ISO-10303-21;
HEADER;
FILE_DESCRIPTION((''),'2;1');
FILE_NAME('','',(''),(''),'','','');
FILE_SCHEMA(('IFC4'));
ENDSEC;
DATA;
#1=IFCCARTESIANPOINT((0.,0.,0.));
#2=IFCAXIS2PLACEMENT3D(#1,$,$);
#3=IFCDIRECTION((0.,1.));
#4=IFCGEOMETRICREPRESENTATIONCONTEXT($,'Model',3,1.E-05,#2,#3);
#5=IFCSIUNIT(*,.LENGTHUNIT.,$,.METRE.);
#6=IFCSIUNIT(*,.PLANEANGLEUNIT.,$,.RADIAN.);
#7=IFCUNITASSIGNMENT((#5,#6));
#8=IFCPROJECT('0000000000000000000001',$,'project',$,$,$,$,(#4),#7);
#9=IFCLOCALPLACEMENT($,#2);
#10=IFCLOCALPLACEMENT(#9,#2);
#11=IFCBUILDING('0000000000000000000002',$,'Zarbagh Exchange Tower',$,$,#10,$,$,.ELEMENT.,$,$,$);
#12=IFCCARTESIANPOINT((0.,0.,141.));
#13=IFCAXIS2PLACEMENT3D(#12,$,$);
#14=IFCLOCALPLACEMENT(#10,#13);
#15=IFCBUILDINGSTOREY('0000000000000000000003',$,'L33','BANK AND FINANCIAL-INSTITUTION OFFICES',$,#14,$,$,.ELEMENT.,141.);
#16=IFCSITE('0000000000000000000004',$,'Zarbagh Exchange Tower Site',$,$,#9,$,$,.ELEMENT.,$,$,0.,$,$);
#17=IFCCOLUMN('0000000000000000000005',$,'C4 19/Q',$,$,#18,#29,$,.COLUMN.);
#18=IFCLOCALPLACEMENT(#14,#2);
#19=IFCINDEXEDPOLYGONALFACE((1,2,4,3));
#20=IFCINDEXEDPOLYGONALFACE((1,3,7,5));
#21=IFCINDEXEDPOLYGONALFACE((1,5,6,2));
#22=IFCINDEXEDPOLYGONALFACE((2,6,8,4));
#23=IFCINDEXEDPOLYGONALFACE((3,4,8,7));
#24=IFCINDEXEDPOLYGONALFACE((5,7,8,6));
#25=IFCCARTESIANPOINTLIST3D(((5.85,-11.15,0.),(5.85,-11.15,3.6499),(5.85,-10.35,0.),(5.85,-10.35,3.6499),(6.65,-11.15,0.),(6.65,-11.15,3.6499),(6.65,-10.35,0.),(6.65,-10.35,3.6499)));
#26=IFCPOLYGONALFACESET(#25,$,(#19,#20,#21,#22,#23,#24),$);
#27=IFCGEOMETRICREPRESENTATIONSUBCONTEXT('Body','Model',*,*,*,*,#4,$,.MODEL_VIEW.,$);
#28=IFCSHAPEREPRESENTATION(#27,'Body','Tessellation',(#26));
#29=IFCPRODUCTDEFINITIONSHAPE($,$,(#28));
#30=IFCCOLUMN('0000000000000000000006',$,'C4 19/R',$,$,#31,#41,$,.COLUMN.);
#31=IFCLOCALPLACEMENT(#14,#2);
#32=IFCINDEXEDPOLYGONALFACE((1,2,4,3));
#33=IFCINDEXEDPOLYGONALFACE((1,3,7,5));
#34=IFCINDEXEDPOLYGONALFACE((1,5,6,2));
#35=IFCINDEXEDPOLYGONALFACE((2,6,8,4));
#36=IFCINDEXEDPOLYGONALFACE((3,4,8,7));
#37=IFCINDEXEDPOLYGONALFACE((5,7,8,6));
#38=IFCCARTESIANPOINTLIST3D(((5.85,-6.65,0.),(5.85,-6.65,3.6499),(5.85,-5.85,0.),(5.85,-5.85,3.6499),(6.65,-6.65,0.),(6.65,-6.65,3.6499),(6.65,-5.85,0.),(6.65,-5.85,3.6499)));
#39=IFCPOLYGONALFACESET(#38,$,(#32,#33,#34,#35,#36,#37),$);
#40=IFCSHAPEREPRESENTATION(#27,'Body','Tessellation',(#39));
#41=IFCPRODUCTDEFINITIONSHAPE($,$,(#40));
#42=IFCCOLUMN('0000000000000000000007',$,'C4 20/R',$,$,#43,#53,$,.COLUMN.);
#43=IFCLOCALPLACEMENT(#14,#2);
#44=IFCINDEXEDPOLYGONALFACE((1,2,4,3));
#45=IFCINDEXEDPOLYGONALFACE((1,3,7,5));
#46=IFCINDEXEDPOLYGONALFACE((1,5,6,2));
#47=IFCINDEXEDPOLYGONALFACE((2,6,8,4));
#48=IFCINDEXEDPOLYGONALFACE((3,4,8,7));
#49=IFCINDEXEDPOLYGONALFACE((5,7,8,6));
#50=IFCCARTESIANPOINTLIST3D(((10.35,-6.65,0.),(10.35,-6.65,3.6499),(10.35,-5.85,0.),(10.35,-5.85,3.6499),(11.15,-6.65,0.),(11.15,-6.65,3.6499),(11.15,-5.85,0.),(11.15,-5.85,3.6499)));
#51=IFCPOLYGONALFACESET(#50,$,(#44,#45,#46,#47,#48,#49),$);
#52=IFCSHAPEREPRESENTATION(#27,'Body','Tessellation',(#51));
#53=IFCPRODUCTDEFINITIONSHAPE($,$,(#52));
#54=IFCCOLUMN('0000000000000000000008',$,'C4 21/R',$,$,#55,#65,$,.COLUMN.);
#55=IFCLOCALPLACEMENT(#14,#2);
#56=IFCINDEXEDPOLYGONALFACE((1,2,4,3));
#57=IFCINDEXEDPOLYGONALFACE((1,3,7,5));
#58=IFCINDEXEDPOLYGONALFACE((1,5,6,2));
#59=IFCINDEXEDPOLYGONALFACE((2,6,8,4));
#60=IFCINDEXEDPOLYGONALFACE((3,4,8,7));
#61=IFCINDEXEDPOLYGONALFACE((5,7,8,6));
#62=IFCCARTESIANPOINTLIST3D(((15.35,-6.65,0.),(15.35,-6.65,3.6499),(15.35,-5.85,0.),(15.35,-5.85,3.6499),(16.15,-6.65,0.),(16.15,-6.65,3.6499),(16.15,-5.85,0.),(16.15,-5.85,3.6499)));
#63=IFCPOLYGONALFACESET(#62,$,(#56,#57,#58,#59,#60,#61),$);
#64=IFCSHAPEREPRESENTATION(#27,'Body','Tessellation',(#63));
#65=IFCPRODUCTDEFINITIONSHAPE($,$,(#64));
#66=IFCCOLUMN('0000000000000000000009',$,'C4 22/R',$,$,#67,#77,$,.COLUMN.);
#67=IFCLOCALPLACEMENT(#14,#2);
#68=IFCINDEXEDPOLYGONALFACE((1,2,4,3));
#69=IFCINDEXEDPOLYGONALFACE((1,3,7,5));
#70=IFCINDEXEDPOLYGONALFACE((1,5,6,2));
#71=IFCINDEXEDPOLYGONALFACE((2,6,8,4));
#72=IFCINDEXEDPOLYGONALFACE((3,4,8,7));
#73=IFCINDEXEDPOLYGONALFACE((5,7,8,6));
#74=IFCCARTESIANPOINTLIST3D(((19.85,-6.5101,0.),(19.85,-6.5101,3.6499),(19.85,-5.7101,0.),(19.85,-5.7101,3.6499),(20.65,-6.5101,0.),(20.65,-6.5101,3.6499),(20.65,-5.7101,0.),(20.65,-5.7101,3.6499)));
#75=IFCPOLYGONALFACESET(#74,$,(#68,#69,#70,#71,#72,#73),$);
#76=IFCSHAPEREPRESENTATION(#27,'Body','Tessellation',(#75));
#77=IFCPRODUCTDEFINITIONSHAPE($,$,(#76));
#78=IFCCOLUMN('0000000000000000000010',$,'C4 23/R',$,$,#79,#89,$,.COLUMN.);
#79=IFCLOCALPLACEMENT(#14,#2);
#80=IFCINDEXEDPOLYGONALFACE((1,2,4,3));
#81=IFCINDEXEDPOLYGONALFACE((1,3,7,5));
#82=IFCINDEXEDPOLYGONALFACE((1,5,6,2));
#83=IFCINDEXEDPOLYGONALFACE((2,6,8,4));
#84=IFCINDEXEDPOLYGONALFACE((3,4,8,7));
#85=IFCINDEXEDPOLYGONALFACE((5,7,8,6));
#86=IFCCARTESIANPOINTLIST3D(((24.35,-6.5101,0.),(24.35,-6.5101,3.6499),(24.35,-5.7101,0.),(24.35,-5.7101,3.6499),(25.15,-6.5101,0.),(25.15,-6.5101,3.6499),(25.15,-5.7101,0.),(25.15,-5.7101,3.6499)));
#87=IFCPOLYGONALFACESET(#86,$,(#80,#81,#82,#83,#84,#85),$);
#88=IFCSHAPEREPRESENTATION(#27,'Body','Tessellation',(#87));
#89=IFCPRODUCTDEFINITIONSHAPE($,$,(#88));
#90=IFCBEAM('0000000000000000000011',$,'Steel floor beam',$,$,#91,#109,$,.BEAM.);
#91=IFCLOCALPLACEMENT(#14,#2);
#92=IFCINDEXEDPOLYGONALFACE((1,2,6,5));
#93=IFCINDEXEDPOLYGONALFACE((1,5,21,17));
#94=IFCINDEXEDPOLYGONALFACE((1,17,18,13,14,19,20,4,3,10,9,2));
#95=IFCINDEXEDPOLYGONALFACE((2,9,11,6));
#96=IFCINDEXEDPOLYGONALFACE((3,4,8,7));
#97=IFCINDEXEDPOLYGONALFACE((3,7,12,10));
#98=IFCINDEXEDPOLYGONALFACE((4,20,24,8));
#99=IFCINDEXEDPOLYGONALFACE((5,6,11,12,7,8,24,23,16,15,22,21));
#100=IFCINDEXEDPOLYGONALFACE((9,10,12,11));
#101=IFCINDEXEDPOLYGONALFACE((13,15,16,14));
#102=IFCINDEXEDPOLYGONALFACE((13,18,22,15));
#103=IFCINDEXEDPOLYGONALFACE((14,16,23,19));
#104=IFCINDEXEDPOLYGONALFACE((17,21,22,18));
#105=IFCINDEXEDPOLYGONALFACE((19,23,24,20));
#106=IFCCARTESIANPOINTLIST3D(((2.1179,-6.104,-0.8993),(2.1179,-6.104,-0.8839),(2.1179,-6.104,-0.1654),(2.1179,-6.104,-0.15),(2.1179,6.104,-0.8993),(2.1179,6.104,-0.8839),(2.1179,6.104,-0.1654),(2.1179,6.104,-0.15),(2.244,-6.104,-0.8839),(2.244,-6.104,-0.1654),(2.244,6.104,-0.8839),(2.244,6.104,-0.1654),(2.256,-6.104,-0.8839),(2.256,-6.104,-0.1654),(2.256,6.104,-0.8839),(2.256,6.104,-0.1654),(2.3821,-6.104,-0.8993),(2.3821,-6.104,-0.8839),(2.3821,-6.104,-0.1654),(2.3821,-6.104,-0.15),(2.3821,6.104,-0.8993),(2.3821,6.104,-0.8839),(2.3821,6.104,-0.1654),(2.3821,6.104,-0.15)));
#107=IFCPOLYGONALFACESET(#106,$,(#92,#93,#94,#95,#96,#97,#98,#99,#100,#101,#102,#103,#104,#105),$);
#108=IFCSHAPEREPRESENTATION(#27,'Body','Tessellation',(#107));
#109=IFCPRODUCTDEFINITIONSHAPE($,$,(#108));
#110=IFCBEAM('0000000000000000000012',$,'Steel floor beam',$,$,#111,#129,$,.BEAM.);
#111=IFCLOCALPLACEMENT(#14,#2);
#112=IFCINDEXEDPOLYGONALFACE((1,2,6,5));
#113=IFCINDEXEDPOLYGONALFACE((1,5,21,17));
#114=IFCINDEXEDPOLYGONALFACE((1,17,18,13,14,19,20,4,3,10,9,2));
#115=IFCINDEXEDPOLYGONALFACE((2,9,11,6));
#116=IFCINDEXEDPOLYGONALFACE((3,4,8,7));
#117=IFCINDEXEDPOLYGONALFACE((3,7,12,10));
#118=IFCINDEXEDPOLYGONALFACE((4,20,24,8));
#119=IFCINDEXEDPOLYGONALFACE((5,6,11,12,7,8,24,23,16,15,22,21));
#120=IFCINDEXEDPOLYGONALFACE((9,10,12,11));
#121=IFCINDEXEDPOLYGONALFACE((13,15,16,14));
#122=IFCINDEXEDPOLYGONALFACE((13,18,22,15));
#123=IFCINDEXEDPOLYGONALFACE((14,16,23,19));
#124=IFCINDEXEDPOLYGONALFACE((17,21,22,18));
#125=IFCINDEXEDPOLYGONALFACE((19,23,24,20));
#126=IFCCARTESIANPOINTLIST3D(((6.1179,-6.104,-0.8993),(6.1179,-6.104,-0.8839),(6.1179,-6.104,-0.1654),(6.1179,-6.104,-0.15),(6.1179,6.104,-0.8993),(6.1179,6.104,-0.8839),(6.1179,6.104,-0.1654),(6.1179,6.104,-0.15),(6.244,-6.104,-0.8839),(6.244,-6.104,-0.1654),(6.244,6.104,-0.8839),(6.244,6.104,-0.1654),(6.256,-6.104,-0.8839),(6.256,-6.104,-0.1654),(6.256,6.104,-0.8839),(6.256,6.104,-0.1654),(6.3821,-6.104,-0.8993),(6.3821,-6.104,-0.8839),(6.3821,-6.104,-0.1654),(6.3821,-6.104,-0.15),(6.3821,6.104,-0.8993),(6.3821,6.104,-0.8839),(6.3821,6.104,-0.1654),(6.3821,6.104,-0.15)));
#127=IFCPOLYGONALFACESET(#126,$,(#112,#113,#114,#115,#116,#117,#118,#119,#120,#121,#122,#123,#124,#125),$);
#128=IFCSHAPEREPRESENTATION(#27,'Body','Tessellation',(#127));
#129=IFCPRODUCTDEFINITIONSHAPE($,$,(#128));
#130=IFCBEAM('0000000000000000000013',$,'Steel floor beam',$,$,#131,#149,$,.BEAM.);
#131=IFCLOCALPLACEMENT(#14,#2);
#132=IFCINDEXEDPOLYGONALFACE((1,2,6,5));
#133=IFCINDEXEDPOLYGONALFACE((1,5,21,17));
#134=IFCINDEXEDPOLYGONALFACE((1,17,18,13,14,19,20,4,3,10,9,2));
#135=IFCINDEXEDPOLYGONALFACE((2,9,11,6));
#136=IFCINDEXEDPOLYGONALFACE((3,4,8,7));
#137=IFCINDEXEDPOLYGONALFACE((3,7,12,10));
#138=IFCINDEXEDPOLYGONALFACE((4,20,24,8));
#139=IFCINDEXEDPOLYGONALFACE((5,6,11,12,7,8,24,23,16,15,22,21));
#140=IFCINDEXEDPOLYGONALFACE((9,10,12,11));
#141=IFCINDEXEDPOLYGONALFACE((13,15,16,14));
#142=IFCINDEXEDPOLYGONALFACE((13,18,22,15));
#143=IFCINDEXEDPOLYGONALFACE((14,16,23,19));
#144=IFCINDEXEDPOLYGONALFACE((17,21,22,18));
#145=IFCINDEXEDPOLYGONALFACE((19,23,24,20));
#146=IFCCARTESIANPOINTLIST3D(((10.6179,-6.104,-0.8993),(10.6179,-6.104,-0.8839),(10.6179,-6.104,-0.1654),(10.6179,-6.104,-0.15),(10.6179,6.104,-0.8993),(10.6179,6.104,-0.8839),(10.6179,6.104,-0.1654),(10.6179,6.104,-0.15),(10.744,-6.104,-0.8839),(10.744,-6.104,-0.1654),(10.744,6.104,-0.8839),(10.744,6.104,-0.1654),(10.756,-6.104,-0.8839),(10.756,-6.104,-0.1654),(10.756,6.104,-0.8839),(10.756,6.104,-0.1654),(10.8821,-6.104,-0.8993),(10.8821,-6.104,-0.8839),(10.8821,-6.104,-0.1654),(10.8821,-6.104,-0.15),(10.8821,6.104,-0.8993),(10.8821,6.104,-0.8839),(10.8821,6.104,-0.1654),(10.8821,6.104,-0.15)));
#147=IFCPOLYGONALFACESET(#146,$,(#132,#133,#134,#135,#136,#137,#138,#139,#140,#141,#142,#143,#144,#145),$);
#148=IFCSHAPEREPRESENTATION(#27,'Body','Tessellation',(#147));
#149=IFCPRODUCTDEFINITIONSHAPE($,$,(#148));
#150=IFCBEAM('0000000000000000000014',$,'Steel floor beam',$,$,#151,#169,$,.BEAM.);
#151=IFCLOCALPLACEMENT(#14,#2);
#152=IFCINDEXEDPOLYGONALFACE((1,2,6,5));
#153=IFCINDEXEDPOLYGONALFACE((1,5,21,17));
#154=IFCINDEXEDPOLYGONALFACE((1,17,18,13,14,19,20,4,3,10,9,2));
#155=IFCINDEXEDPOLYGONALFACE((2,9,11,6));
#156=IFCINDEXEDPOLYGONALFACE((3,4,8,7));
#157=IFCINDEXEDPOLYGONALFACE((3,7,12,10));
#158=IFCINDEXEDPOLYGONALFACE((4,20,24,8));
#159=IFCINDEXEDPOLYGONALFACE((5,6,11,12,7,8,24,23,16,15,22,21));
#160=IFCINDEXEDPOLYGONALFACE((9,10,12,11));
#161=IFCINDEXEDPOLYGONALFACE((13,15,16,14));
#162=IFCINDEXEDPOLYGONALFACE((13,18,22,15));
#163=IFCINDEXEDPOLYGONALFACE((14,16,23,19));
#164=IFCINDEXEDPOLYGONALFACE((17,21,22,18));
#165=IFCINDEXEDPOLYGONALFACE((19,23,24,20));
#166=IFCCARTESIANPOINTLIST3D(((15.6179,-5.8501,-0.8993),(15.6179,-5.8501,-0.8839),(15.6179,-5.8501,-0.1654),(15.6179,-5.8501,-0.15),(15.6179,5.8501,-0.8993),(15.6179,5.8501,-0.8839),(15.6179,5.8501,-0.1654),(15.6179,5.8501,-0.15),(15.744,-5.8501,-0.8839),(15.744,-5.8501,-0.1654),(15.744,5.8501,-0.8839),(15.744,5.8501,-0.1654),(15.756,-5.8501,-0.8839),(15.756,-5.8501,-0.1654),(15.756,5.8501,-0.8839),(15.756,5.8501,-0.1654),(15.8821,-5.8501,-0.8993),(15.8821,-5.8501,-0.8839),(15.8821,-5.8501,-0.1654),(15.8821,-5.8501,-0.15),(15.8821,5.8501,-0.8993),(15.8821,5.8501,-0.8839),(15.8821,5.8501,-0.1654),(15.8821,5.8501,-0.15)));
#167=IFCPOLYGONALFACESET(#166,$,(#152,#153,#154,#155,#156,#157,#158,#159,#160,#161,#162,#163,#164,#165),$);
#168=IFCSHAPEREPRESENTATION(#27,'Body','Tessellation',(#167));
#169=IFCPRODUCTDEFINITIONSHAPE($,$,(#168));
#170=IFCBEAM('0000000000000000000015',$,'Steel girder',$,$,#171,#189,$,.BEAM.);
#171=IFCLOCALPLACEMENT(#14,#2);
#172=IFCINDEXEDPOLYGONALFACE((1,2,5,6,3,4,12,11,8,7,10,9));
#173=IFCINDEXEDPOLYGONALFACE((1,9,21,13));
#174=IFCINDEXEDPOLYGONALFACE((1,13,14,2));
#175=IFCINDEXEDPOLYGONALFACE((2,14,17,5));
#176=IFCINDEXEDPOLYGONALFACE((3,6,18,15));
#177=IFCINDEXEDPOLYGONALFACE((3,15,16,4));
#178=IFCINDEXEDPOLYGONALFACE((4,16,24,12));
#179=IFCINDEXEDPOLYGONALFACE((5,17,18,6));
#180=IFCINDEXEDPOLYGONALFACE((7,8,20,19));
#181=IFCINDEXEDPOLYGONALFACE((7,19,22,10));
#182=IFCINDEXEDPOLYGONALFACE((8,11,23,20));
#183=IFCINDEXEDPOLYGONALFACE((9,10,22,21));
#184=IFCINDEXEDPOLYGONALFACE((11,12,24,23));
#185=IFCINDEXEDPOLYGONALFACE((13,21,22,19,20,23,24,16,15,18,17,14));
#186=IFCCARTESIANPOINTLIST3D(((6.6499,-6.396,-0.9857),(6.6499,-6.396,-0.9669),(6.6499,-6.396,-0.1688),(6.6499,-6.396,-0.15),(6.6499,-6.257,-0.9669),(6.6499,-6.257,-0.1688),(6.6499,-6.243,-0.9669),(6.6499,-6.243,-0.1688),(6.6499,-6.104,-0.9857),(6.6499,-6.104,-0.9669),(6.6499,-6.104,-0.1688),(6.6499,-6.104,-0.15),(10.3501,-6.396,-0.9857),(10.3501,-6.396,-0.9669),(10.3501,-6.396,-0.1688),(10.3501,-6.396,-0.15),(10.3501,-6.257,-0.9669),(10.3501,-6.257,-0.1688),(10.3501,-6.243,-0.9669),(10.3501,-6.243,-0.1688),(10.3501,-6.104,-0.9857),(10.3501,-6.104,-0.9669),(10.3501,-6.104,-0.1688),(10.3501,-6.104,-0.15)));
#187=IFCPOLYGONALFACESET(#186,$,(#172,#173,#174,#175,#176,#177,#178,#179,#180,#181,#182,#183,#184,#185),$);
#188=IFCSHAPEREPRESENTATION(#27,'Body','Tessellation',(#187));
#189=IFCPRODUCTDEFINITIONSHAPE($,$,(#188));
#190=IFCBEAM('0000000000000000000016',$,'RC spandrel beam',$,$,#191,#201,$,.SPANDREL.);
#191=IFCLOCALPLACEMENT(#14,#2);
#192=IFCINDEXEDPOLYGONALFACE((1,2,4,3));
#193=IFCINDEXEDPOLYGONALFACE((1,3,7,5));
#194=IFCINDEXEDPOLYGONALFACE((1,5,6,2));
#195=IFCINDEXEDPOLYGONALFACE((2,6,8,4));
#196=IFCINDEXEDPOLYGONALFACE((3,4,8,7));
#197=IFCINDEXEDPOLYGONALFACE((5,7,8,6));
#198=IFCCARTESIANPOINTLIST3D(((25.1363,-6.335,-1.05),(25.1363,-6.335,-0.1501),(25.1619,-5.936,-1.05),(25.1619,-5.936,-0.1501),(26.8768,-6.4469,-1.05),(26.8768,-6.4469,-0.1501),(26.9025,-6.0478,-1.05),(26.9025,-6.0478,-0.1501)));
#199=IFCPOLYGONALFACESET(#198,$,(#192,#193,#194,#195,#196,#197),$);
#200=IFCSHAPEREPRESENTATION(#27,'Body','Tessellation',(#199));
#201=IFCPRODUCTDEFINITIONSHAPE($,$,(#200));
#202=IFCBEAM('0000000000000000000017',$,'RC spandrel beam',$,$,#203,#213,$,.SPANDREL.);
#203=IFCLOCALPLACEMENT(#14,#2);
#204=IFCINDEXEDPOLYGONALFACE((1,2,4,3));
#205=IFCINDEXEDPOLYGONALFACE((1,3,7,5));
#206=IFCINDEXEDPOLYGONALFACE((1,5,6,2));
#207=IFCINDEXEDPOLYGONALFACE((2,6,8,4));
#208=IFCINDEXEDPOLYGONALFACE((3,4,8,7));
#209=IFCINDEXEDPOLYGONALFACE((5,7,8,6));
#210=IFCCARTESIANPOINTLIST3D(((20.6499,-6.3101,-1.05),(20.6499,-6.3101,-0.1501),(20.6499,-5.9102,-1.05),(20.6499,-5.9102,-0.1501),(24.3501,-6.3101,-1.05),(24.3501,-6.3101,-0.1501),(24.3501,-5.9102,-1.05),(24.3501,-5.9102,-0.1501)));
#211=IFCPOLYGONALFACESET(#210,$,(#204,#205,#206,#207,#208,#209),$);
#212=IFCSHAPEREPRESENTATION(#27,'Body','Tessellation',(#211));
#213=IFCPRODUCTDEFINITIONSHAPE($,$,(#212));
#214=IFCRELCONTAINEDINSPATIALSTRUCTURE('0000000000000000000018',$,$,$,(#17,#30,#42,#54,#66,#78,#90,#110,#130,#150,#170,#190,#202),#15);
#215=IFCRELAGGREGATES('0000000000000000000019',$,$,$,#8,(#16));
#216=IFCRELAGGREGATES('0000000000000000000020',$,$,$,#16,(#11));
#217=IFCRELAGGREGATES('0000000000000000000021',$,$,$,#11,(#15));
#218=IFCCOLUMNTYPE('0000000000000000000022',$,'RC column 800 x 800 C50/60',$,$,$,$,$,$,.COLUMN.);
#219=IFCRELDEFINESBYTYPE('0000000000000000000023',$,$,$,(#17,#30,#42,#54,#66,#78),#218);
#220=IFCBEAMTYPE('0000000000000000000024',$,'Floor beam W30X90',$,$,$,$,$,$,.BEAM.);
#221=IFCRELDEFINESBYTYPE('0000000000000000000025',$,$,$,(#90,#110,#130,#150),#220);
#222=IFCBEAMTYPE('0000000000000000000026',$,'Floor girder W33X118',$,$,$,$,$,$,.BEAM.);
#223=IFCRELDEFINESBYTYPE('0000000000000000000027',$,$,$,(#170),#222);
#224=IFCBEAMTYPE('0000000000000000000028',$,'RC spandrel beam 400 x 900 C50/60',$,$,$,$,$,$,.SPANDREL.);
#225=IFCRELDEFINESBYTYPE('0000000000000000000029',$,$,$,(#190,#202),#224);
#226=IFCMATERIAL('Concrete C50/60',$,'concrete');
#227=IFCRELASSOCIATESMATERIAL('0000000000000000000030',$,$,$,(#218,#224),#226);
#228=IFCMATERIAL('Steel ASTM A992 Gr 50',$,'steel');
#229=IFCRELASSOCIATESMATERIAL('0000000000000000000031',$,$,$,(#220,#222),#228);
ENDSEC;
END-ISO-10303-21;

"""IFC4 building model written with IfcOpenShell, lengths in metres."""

from ifc_helpers import new_model, si_unit, direction, frame, origin, origin_2d, place, context, subcontext, project, spatial, rectangle, i_section, extrude, material, material_profile, profile_set, type_object, element, save


model = new_model("IFC4")

# Units and contexts
model_context = context("Model", 3, precision=1e-05, world=origin(), true_north=direction((0.0, 1.0)))
body_context = subcontext(model_context, "Body", "Model", "MODEL_VIEW")
ifc_project = project(units=[si_unit("LENGTHUNIT", "METRE"), si_unit("PLANEANGLEUNIT", "RADIAN")], contexts=[model_context])

# Site, building, storey
site_placement = place(None, origin())
site = spatial("IfcSite", under=ifc_project, at=site_placement, Name="Zarbagh Exchange Tower Site", CompositionType="ELEMENT", RefElevation=0.0)
building_placement = place(site_placement, origin())
building = spatial("IfcBuilding", under=site, at=building_placement, Name="Zarbagh Exchange Tower", CompositionType="ELEMENT")
storey_placement = place(building_placement, frame((0.0, 0.0, 141.0)))
storey = spatial("IfcBuildingStorey", under=building, at=storey_placement, Name="L33", Description="BANK AND FINANCIAL-INSTITUTION OFFICES", CompositionType="ELEMENT", Elevation=141.0)

# Columns
ifc_material_1 = material(Name="Concrete C50/60", Category="concrete")
ifc_material_profile_1 = material_profile(ifc_material_1, rectangle(XDim=0.8, YDim=0.8, at=origin_2d()), Name="RC column 800 x 800 C50/60")
ifc_profile_set_1 = profile_set([ifc_material_profile_1], Name="Concrete C50/60")
column_type = type_object("IfcColumnType", Name="RC column 800 x 800 C50/60", PredefinedType="COLUMN", material=ifc_profile_set_1)
for number, where, z_axis, x_axis, name in (
    (1, (6.25, -10.75, 0.0), (0.0, 0.0, 1.0), (1.0, 0.0, 0.0), "C4 19/Q"),
    (2, (6.25, -6.25, 0.0), (0.0, 0.0, 1.0), (1.0, 0.0, 0.0), "C4 19/R"),
    (3, (10.75, -6.25, 0.0), (0.0, 0.0, 1.0), (1.0, 0.0, 0.0), "C4 20/R"),
    (4, (15.75, -6.25, 0.0), (0.0, 0.0, 1.0), (1.0, 0.0, 0.0), "C4 21/R"),
    (5, (20.25, -6.1101, 0.0), (0.0, 0.0, 1.0), (1.0, 0.0, 0.0), "C4 22/R"),
    (6, (24.75, -6.1101, 0.0), (0.0, 0.0, 1.0), (1.0, 0.0, 0.0), "C4 23/R"),
):
    element("IfcColumn", number, at=place(storey_placement, frame(where, z_axis=z_axis, x_axis=x_axis)), inside=storey, type_object=column_type, Name=name, PredefinedType="COLUMN", context=body_context, shape_type="SweptSolid", body=[
        extrude(rectangle(XDim=0.8, YDim=0.8, at=origin_2d()), origin(), (0.0, 0.0, 1.0), 3.6499),
    ])

# Beams
ifc_material_2 = material(Name="Steel ASTM A992 Gr 50", Category="steel")
ifc_material_profile_2 = material_profile(ifc_material_2, i_section(OverallWidth=0.2642, OverallDepth=0.7493, WebThickness=0.012, FlangeThickness=0.0154, at=origin_2d()), Name="W30X90")
ifc_profile_set_2 = profile_set([ifc_material_profile_2], Name="Steel ASTM A992 Gr 50")
beam_type_1 = type_object("IfcBeamType", Name="Floor beam W30X90", PredefinedType="BEAM", material=ifc_profile_set_2)
for number, where, z_axis, x_axis, name in (
    (7, (2.25, -6.104, -0.5247), (0.0, 1.0, 0.0), (-1.0, 0.0, 0.0), "Steel floor beam"),
    (8, (6.25, -6.104, -0.5247), (0.0, 1.0, 0.0), (-1.0, 0.0, 0.0), "Steel floor beam"),
    (9, (10.75, -6.104, -0.5247), (0.0, 1.0, 0.0), (-1.0, 0.0, 0.0), "Steel floor beam"),
):
    element("IfcBeam", number, at=place(storey_placement, frame(where, z_axis=z_axis, x_axis=x_axis)), inside=storey, type_object=beam_type_1, Name=name, PredefinedType="BEAM", context=body_context, shape_type="SweptSolid", body=[
        extrude(i_section(OverallWidth=0.2642, OverallDepth=0.7493, WebThickness=0.012, FlangeThickness=0.0154, at=origin_2d()), origin(), (0.0, 0.0, 1.0), 12.208),
    ])
beam_1_placement = place(storey_placement, frame((15.75, -5.8501, -0.5247), z_axis=(0.0, 1.0, 0.0), x_axis=(-1.0, 0.0, 0.0)))
element("IfcBeam", 10, at=beam_1_placement, inside=storey, type_object=beam_type_1, Name="Steel floor beam", PredefinedType="BEAM", context=body_context, shape_type="SweptSolid", body=[
    extrude(i_section(OverallWidth=0.2642, OverallDepth=0.7493, WebThickness=0.012, FlangeThickness=0.0154, at=origin_2d()), origin(), (0.0, 0.0, 1.0), 11.7002),
])
ifc_material_profile_3 = material_profile(ifc_material_2, i_section(OverallWidth=0.292, OverallDepth=0.8357, WebThickness=0.0139, FlangeThickness=0.0188, at=origin_2d()), Name="W33X118")
ifc_profile_set_3 = profile_set([ifc_material_profile_3], Name="Steel ASTM A992 Gr 50")
beam_type_2 = type_object("IfcBeamType", Name="Floor girder W33X118", PredefinedType="BEAM", material=ifc_profile_set_3)
beam_2_placement = place(storey_placement, frame((6.6499, -6.25, -0.5679), z_axis=(1.0, 0.0, 0.0), x_axis=(0.0, 1.0, 0.0)))
element("IfcBeam", 11, at=beam_2_placement, inside=storey, type_object=beam_type_2, Name="Steel girder", PredefinedType="BEAM", context=body_context, shape_type="SweptSolid", body=[
    extrude(i_section(OverallWidth=0.292, OverallDepth=0.8357, WebThickness=0.0139, FlangeThickness=0.0188, at=origin_2d()), origin(), (0.0, 0.0, 1.0), 3.7002),
])
ifc_material_profile_4 = material_profile(ifc_material_1, rectangle(XDim=0.3999, YDim=0.8999, at=origin_2d()), Name="RC spandrel beam 400 x 900 C50/60")
ifc_profile_set_4 = profile_set([ifc_material_profile_4], Name="Concrete C50/60")
beam_type_3 = type_object("IfcBeamType", Name="RC spandrel beam 400 x 900 C50/60", PredefinedType="SPANDREL", material=ifc_profile_set_4)
beam_3_placement = place(storey_placement, frame((26.8896, -6.2473, -0.6001), z_axis=(-0.997943, 0.064112, 0.0), x_axis=(-0.064112, -0.997943, 0.0)))
element("IfcBeam", 12, at=beam_3_placement, inside=storey, type_object=beam_type_3, Name="RC spandrel beam", PredefinedType="SPANDREL", context=body_context, shape_type="SweptSolid", body=[
    extrude(rectangle(XDim=0.3999, YDim=0.8999, at=origin_2d()), origin(), (0.0, 0.0, 1.0), 1.7441),
])
beam_4_placement = place(storey_placement, frame((24.3501, -6.1101, -0.6001), z_axis=(-1.0, 0.0, 0.0), x_axis=(0.0, -1.0, 0.0)))
element("IfcBeam", 13, at=beam_4_placement, inside=storey, type_object=beam_type_3, Name="RC spandrel beam", PredefinedType="SPANDREL", context=body_context, shape_type="SweptSolid", body=[
    extrude(rectangle(XDim=0.3999, YDim=0.8999, at=origin_2d()), origin(), (0.0, 0.0, 1.0), 3.7002),
])

save(model, "model.ifc")
